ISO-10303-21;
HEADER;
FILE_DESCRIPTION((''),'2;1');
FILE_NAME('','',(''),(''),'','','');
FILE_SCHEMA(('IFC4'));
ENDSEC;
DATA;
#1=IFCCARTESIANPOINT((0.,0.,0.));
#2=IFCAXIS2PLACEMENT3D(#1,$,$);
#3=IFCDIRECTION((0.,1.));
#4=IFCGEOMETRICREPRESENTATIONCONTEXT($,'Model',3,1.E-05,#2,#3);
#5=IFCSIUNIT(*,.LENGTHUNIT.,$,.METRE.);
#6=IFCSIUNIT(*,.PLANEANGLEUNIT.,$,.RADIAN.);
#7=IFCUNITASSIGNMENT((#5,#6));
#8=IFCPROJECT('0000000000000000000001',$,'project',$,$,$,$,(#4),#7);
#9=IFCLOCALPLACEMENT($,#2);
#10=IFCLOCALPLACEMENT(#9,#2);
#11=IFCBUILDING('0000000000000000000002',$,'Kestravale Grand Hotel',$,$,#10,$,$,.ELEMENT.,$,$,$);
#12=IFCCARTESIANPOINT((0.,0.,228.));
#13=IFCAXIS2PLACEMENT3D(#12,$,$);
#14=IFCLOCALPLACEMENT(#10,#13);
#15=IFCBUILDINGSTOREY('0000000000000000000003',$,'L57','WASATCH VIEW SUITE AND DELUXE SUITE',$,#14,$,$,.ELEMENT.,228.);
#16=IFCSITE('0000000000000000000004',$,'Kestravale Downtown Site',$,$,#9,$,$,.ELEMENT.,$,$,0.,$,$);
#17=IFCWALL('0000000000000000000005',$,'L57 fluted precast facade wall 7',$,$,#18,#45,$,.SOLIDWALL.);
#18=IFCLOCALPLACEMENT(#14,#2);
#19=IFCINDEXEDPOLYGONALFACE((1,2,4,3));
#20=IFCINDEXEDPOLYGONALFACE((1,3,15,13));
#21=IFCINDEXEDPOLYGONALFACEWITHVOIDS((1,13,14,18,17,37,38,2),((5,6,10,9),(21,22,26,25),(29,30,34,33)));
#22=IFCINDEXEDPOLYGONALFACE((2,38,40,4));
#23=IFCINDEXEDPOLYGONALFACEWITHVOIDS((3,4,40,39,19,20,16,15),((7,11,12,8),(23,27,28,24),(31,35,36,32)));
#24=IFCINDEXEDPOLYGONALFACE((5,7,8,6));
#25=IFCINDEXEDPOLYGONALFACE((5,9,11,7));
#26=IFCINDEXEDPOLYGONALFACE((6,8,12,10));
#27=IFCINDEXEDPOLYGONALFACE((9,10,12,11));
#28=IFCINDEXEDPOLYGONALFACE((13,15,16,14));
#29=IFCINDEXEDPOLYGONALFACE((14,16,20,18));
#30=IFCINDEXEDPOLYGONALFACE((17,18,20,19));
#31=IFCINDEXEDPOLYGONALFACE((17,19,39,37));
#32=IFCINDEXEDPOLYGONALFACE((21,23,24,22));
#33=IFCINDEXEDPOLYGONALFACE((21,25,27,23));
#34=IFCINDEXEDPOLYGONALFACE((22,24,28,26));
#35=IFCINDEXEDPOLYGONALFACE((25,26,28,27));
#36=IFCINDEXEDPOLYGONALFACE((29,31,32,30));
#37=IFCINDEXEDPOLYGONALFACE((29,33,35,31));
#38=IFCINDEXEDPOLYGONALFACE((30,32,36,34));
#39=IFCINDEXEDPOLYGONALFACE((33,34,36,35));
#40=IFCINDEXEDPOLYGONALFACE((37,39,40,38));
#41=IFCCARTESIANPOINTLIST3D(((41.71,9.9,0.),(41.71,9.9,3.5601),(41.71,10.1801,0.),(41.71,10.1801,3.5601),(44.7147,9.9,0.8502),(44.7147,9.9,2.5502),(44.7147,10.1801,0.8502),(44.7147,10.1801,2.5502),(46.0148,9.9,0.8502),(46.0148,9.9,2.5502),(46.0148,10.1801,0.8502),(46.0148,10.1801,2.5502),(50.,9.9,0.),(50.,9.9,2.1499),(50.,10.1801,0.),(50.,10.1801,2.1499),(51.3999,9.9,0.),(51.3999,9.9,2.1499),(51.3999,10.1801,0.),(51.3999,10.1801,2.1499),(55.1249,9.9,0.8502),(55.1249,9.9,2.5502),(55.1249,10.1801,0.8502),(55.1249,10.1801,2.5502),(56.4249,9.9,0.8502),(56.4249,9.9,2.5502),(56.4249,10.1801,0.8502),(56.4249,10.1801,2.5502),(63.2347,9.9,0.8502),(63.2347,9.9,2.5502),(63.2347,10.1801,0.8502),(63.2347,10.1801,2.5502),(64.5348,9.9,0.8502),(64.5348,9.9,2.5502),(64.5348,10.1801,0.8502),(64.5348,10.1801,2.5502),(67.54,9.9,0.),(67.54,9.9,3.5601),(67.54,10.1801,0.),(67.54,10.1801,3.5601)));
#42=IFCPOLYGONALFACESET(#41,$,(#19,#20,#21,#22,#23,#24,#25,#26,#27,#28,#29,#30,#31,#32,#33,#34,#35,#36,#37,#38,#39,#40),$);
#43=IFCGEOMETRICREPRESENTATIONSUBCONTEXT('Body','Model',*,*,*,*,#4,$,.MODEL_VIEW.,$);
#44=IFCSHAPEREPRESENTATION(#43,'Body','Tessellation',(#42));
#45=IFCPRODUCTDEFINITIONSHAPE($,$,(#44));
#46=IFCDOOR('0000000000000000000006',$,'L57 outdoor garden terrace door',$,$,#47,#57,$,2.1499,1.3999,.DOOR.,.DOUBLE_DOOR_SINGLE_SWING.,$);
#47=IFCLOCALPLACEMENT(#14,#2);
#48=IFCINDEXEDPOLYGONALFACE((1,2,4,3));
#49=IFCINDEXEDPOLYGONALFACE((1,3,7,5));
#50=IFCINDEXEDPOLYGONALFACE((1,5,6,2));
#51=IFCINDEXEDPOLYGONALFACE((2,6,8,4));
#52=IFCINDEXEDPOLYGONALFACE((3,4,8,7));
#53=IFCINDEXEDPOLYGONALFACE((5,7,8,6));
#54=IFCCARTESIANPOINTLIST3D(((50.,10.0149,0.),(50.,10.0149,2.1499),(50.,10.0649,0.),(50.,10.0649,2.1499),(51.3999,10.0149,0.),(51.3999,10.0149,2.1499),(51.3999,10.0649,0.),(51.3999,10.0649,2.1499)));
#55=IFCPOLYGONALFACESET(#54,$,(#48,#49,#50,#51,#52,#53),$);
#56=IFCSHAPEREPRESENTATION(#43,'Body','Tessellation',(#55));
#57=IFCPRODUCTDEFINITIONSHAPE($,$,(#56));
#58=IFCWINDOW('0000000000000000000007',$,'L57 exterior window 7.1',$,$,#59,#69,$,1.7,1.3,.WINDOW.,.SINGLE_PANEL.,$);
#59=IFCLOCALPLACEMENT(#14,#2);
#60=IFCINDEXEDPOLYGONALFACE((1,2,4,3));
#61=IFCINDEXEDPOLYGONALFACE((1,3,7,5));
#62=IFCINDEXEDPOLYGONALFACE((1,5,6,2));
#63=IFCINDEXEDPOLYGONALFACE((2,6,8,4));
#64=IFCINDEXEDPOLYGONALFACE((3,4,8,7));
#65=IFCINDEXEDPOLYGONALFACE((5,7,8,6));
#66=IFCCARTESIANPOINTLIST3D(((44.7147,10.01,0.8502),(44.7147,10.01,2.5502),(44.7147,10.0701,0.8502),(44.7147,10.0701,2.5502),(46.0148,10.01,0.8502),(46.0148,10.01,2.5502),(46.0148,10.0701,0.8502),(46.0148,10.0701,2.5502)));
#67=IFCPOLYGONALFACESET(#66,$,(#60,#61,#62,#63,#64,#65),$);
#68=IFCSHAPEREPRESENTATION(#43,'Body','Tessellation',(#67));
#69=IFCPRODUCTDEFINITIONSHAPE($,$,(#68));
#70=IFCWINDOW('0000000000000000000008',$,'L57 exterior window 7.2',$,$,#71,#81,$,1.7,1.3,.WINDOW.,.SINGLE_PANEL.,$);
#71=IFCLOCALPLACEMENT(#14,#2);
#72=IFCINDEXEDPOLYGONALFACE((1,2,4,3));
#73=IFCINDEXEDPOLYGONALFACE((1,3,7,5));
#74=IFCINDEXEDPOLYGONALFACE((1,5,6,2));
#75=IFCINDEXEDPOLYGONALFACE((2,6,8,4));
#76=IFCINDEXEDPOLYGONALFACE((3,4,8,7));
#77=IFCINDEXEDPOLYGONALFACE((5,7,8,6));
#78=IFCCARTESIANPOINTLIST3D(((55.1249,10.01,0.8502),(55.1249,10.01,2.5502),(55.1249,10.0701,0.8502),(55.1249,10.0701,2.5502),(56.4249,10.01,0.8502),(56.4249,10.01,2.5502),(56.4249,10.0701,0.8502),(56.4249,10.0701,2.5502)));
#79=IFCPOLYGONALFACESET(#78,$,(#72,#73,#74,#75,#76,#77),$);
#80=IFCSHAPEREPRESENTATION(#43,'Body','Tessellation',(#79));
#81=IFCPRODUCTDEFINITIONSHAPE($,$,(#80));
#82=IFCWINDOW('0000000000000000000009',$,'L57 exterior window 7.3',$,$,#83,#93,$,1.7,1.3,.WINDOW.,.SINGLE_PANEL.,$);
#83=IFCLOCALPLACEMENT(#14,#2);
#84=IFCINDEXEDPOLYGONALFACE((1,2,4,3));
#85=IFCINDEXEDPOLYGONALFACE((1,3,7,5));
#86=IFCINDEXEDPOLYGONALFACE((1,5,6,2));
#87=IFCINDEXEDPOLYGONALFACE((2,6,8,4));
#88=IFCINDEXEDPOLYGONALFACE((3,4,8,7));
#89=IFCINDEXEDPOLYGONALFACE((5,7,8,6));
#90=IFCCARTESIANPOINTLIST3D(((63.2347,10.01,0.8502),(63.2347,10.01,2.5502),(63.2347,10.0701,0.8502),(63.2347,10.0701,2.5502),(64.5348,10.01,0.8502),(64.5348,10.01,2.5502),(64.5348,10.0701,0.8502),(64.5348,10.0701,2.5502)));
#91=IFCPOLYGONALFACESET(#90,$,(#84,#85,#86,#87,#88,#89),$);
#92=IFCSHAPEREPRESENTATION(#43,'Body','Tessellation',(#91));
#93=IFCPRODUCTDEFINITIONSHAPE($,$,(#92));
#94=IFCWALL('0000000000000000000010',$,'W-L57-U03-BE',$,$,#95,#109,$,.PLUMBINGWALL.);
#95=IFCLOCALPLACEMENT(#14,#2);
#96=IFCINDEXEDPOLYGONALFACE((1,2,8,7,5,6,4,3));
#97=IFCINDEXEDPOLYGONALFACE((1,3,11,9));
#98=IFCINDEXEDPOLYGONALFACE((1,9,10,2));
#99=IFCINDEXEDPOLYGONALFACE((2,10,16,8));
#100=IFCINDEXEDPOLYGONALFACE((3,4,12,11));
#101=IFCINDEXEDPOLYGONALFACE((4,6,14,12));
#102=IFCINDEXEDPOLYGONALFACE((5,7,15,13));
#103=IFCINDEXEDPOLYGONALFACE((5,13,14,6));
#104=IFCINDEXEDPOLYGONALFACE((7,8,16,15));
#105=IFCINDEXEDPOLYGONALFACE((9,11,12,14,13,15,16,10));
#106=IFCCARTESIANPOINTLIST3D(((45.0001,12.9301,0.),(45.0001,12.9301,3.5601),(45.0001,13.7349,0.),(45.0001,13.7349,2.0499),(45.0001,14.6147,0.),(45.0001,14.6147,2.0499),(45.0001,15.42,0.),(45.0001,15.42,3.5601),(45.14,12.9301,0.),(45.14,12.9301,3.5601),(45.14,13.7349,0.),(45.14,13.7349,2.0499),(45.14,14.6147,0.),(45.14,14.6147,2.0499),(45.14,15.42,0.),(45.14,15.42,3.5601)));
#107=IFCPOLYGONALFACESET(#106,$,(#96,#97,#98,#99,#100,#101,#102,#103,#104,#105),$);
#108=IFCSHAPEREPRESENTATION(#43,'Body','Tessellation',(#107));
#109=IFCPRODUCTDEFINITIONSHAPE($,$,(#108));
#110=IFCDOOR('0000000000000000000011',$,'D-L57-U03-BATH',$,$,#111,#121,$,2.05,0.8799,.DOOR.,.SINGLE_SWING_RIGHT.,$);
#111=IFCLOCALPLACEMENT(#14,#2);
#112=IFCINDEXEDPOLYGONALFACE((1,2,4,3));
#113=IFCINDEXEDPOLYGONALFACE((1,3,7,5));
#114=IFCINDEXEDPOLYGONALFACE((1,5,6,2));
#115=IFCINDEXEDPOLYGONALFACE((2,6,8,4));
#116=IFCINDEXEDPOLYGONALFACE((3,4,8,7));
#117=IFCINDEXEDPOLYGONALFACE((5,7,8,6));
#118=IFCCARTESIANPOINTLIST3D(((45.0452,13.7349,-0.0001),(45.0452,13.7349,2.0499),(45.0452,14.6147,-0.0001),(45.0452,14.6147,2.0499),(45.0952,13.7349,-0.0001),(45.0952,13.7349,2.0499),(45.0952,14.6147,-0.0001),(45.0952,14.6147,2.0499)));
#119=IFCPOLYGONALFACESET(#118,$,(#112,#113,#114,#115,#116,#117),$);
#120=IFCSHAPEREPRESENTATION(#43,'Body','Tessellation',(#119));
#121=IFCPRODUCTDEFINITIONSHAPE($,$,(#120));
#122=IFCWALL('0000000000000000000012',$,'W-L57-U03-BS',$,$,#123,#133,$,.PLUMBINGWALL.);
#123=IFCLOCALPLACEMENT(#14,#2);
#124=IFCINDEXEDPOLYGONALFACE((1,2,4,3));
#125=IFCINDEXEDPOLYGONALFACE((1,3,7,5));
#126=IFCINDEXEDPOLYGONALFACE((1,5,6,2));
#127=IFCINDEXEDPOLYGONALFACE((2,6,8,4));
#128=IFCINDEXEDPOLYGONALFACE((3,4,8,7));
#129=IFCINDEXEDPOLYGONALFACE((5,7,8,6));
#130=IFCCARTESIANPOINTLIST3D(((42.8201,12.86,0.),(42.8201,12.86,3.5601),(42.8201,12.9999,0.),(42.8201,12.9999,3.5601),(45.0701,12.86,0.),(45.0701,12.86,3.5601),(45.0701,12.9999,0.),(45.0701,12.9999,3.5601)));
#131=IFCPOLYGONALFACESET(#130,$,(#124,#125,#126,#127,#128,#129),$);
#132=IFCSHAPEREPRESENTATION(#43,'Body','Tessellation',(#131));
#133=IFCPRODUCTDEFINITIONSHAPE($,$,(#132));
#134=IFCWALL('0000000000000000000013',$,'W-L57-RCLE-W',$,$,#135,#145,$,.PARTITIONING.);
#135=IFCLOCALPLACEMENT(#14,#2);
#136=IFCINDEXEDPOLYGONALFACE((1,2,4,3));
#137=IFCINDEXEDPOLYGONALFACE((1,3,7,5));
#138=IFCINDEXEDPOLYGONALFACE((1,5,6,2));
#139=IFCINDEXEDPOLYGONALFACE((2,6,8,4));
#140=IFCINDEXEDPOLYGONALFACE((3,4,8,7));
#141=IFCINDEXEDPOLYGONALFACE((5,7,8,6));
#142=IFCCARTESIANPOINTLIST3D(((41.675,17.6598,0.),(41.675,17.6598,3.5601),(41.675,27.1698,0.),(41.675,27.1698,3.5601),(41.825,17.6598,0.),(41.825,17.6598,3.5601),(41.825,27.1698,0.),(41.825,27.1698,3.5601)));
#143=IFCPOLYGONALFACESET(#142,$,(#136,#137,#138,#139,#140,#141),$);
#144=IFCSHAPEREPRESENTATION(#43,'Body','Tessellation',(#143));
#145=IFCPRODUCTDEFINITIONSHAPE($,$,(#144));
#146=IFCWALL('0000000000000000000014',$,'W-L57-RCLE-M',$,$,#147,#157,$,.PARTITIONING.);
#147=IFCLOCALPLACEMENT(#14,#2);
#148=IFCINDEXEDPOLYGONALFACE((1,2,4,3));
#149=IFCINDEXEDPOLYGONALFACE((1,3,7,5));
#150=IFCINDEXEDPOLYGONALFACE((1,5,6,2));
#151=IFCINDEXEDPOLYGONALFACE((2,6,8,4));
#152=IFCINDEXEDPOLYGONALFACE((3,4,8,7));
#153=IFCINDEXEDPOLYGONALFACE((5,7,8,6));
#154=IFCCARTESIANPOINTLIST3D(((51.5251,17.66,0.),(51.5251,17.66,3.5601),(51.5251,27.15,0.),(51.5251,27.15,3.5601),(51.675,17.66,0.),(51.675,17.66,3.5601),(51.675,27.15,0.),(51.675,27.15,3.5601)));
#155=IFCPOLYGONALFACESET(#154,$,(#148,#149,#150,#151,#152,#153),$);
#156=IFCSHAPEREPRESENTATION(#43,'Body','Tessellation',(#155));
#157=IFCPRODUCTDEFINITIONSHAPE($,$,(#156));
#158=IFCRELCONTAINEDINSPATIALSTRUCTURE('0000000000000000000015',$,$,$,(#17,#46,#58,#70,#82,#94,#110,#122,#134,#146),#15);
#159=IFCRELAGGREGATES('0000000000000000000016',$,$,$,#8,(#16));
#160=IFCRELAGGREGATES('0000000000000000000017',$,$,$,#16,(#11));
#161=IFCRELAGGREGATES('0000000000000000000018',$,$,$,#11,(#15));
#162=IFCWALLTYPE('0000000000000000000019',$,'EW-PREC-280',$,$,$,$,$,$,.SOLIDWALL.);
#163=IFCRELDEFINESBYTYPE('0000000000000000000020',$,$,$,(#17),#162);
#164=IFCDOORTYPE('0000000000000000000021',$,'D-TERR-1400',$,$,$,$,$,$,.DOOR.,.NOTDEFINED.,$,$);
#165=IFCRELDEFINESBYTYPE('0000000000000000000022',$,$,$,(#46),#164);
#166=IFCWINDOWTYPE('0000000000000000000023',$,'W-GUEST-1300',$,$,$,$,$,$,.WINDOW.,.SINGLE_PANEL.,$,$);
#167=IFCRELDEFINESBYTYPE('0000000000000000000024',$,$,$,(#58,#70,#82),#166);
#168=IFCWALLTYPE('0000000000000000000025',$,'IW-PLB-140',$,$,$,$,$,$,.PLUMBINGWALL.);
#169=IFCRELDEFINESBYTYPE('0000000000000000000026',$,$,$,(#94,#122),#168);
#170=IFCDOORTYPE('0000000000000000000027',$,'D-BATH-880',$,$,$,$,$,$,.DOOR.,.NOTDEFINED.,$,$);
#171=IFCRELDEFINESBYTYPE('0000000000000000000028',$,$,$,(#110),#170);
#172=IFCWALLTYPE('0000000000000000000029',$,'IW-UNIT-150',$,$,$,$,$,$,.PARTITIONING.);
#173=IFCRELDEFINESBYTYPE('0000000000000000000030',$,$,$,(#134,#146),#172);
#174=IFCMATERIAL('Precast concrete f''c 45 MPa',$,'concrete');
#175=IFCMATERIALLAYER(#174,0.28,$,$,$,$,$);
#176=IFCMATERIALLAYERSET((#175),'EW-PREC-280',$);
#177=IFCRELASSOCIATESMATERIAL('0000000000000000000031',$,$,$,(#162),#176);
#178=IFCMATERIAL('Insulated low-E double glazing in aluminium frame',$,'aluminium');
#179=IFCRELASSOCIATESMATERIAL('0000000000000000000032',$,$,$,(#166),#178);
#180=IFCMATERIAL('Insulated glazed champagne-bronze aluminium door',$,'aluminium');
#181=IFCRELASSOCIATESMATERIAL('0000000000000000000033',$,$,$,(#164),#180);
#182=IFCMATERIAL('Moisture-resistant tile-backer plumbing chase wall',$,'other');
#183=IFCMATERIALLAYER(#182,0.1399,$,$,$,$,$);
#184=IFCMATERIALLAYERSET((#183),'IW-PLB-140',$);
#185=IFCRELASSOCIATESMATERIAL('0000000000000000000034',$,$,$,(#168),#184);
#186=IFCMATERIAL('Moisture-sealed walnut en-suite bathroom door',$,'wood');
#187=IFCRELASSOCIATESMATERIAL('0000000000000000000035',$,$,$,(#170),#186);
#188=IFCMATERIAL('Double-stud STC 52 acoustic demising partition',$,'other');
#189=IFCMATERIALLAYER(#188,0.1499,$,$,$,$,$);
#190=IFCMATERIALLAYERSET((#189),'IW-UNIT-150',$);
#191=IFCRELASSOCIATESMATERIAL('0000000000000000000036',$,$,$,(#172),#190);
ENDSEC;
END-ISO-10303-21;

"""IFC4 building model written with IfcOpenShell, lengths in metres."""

from ifc_helpers import new_model, si_unit, direction, frame, frame_2d, origin, place, context, subcontext, project, spatial, rectangle, extrude, material, layer, layer_set, type_object, element, fill, save


model = new_model("IFC4")

# Units and contexts
model_context = context("Model", 3, precision=1e-05, world=origin(), true_north=direction((0.0, 1.0)))
body_context = subcontext(model_context, "Body", "Model", "MODEL_VIEW")
ifc_project = project(units=[si_unit("LENGTHUNIT", "METRE"), si_unit("PLANEANGLEUNIT", "RADIAN")], contexts=[model_context])

# Site, building, storey
site_placement = place(None, origin())
site = spatial("IfcSite", under=ifc_project, at=site_placement, Name="Kestravale Downtown Site", CompositionType="ELEMENT", RefElevation=0.0)
building_placement = place(site_placement, origin())
building = spatial("IfcBuilding", under=site, at=building_placement, Name="Kestravale Grand Hotel", CompositionType="ELEMENT")
storey_placement = place(building_placement, frame((0.0, 0.0, 228.0)))
storey = spatial("IfcBuildingStorey", under=building, at=storey_placement, Name="L57", Description="WASATCH VIEW SUITE AND DELUXE SUITE", CompositionType="ELEMENT", Elevation=228.0)

# Shared definitions
ifc_material_1 = material(Name="Precast concrete f'c 45 MPa", Category="concrete")
ifc_layer_1 = layer(ifc_material_1, 0.28)
ifc_layer_set_1 = layer_set([ifc_layer_1], Name="EW-PREC-280")
wall_type_1 = type_object("IfcWallType", Name="EW-PREC-280", PredefinedType="SOLIDWALL", material=ifc_layer_set_1)
ifc_material_2 = material(Name="Insulated low-E double glazing in aluminium frame", Category="aluminium")
window_type = type_object("IfcWindowType", Name="W-GUEST-1300", PartitioningType="SINGLE_PANEL", PredefinedType="WINDOW", material=ifc_material_2)

# Wall, openings, door, windows
wall_1_placement = place(storey_placement, frame((41.71, 10.04, 0.0), z_axis=(0.0, 0.0, 1.0), x_axis=(1.0, 0.0, 0.0)))
wall_1 = element("IfcWall", 1, at=wall_1_placement, inside=storey, type_object=wall_type_1, Name="L57 fluted precast facade wall 7", PredefinedType="SOLIDWALL", context=body_context, shape_type="SweptSolid", body=[
    extrude(rectangle(XDim=25.8301, YDim=0.28, at=frame_2d((12.915, 0.0))), origin(), (0.0, 0.0, 1.0), 3.5601),
])
opening_1_placement = place(wall_1_placement, frame((8.29, 0.0, 0.0)))
opening_1 = element("IfcOpeningElement", 2, at=opening_1_placement, cuts=wall_1, PredefinedType="OPENING", context=body_context, shape_type="SweptSolid", body=[
    extrude(rectangle(XDim=1.3999, YDim=2.1499, at=frame_2d((0.7, 1.075))), frame((0.0, 0.1499, 0.0), z_axis=(0.0, -1.0, 0.0), x_axis=(1.0, 0.0, 0.0)), (0.0, 0.0, 1.0), 0.3),
])
opening_2_placement = place(wall_1_placement, frame((3.0049, 0.0, 0.8501)))
opening_2 = element("IfcOpeningElement", 3, at=opening_2_placement, cuts=wall_1, PredefinedType="OPENING", context=body_context, shape_type="SweptSolid", body=[
    extrude(rectangle(XDim=1.3, YDim=1.7, at=frame_2d((0.6499, 0.8501))), frame((0.0, 0.1499, 0.0), z_axis=(0.0, -1.0, 0.0), x_axis=(1.0, 0.0, 0.0)), (0.0, 0.0, 1.0), 0.3),
])
opening_3_placement = place(wall_1_placement, frame((13.415, 0.0, 0.8501)))
opening_3 = element("IfcOpeningElement", 4, at=opening_3_placement, cuts=wall_1, PredefinedType="OPENING", context=body_context, shape_type="SweptSolid", body=[
    extrude(rectangle(XDim=1.3, YDim=1.7, at=frame_2d((0.6499, 0.8501))), frame((0.0, 0.1499, 0.0), z_axis=(0.0, -1.0, 0.0), x_axis=(1.0, 0.0, 0.0)), (0.0, 0.0, 1.0), 0.3),
])
opening_4_placement = place(wall_1_placement, frame((21.5249, 0.0, 0.8501)))
opening_4 = element("IfcOpeningElement", 5, at=opening_4_placement, cuts=wall_1, PredefinedType="OPENING", context=body_context, shape_type="SweptSolid", body=[
    extrude(rectangle(XDim=1.3, YDim=1.7, at=frame_2d((0.6499, 0.8501))), frame((0.0, 0.1499, 0.0), z_axis=(0.0, -1.0, 0.0), x_axis=(1.0, 0.0, 0.0)), (0.0, 0.0, 1.0), 0.3),
])
ifc_material_3 = material(Name="Insulated glazed champagne-bronze aluminium door", Category="aluminium")
door_type_1 = type_object("IfcDoorType", Name="D-TERR-1400", OperationType="NOTDEFINED", PredefinedType="DOOR", material=ifc_material_3)
door_1_placement = place(opening_1_placement, origin())
door_1 = element("IfcDoor", 6, at=door_1_placement, inside=storey, type_object=door_type_1, Name="L57 outdoor garden terrace door", OperationType="DOUBLE_DOOR_SINGLE_SWING", OverallHeight=2.1499, OverallWidth=1.3999, PredefinedType="DOOR", context=body_context, shape_type="SweptSolid", body=[
    extrude(rectangle(XDim=1.3999, YDim=2.1499, at=frame_2d((0.7, 1.075))), frame((0.0, 0.0249, 0.0), z_axis=(0.0, -1.0, 0.0), x_axis=(1.0, 0.0, 0.0)), (0.0, 0.0, 1.0), 0.05),
])
fill(opening_1, door_1)
window_1_placement = place(opening_2_placement, origin())
window_1 = element("IfcWindow", 7, at=window_1_placement, inside=storey, type_object=window_type, Name="L57 exterior window 7.1", OverallHeight=1.7, OverallWidth=1.3, PartitioningType="SINGLE_PANEL", PredefinedType="WINDOW", context=body_context, shape_type="SweptSolid", body=[
    extrude(rectangle(XDim=1.3, YDim=1.7, at=frame_2d((0.6499, 0.8501))), frame((0.0, 0.03, 0.0), z_axis=(0.0, -1.0, 0.0), x_axis=(1.0, 0.0, 0.0)), (0.0, 0.0, 1.0), 0.0601),
])
fill(opening_2, window_1)
window_2_placement = place(opening_3_placement, origin())
window_2 = element("IfcWindow", 8, at=window_2_placement, inside=storey, type_object=window_type, Name="L57 exterior window 7.2", OverallHeight=1.7, OverallWidth=1.3, PartitioningType="SINGLE_PANEL", PredefinedType="WINDOW", context=body_context, shape_type="SweptSolid", body=[
    extrude(rectangle(XDim=1.3, YDim=1.7, at=frame_2d((0.6499, 0.8501))), frame((0.0, 0.03, 0.0), z_axis=(0.0, -1.0, 0.0), x_axis=(1.0, 0.0, 0.0)), (0.0, 0.0, 1.0), 0.0601),
])
fill(opening_3, window_2)
window_3_placement = place(opening_4_placement, origin())
window_3 = element("IfcWindow", 9, at=window_3_placement, inside=storey, type_object=window_type, Name="L57 exterior window 7.3", OverallHeight=1.7, OverallWidth=1.3, PartitioningType="SINGLE_PANEL", PredefinedType="WINDOW", context=body_context, shape_type="SweptSolid", body=[
    extrude(rectangle(XDim=1.3, YDim=1.7, at=frame_2d((0.6499, 0.8501))), frame((0.0, 0.03, 0.0), z_axis=(0.0, -1.0, 0.0), x_axis=(1.0, 0.0, 0.0)), (0.0, 0.0, 1.0), 0.0601),
])
fill(opening_4, window_3)

# Wall, opening, door
ifc_material_4 = material(Name="Moisture-resistant tile-backer plumbing chase wall", Category="other")
ifc_layer_2 = layer(ifc_material_4, 0.1399)
ifc_layer_set_2 = layer_set([ifc_layer_2], Name="IW-PLB-140")
wall_type_2 = type_object("IfcWallType", Name="IW-PLB-140", PredefinedType="PLUMBINGWALL", material=ifc_layer_set_2)
wall_2_placement = place(storey_placement, frame((45.0701, 12.9299, 0.0), z_axis=(0.0, 0.0, 1.0), x_axis=(0.0, 1.0, 0.0)))
wall_2 = element("IfcWall", 10, at=wall_2_placement, inside=storey, type_object=wall_type_2, Name="W-L57-U03-BE", PredefinedType="PLUMBINGWALL", context=body_context, shape_type="SweptSolid", body=[
    extrude(rectangle(XDim=2.49, YDim=0.1399, at=frame_2d((1.2451, 0.0))), origin(), (0.0, 0.0, 1.0), 3.5601),
])
opening_5_placement = place(wall_2_placement, frame((0.8049, 0.0, 0.0)))
opening_5 = element("IfcOpeningElement", 11, at=opening_5_placement, cuts=wall_2, PredefinedType="OPENING", context=body_context, shape_type="SweptSolid", body=[
    extrude(rectangle(XDim=0.8799, YDim=2.05, at=frame_2d((0.4399, 1.0249))), frame((0.0, 0.0798, 0.0), z_axis=(0.0, -1.0, 0.0), x_axis=(1.0, 0.0, 0.0)), (0.0, 0.0, 1.0), 0.1599),
])
ifc_material_5 = material(Name="Moisture-sealed walnut en-suite bathroom door", Category="wood")
door_type_2 = type_object("IfcDoorType", Name="D-BATH-880", OperationType="NOTDEFINED", PredefinedType="DOOR", material=ifc_material_5)
door_2_placement = place(opening_5_placement, origin())
door_2 = element("IfcDoor", 12, at=door_2_placement, inside=storey, type_object=door_type_2, Name="D-L57-U03-BATH", OperationType="SINGLE_SWING_RIGHT", OverallHeight=2.05, OverallWidth=0.8799, PredefinedType="DOOR", context=body_context, shape_type="SweptSolid", body=[
    extrude(rectangle(XDim=0.8799, YDim=2.05, at=frame_2d((0.4399, 1.0249))), frame((0.0, 0.0249, 0.0), z_axis=(0.0, -1.0, 0.0), x_axis=(1.0, 0.0, 0.0)), (0.0, 0.0, 1.0), 0.05),
])
fill(opening_5, door_2)

# Walls
wall_3_placement = place(storey_placement, frame((42.8201, 12.9299, 0.0), z_axis=(0.0, 0.0, 1.0), x_axis=(1.0, 0.0, 0.0)))
element("IfcWall", 13, at=wall_3_placement, inside=storey, type_object=wall_type_2, Name="W-L57-U03-BS", PredefinedType="PLUMBINGWALL", context=body_context, shape_type="SweptSolid", body=[
    extrude(rectangle(XDim=2.25, YDim=0.1399, at=frame_2d((1.125, 0.0))), origin(), (0.0, 0.0, 1.0), 3.5601),
])
ifc_material_6 = material(Name="Double-stud STC 52 acoustic demising partition", Category="other")
ifc_layer_3 = layer(ifc_material_6, 0.1499)
ifc_layer_set_3 = layer_set([ifc_layer_3], Name="IW-UNIT-150")
wall_type_3 = type_object("IfcWallType", Name="IW-UNIT-150", PredefinedType="PARTITIONING", material=ifc_layer_set_3)
wall_4_placement = place(storey_placement, frame((41.75, 17.6599, 0.0), z_axis=(0.0, 0.0, 1.0), x_axis=(0.0, 1.0, 0.0)))
element("IfcWall", 14, at=wall_4_placement, inside=storey, type_object=wall_type_3, Name="W-L57-RCLE-W", PredefinedType="PARTITIONING", context=body_context, shape_type="SweptSolid", body=[
    extrude(rectangle(XDim=9.51, YDim=0.1499, at=frame_2d((4.7549, 0.0))), origin(), (0.0, 0.0, 1.0), 3.5601),
])
wall_5_placement = place(storey_placement, frame((51.6001, 17.6599, 0.0), z_axis=(0.0, 0.0, 1.0), x_axis=(0.0, 1.0, 0.0)))
element("IfcWall", 15, at=wall_5_placement, inside=storey, type_object=wall_type_3, Name="W-L57-RCLE-M", PredefinedType="PARTITIONING", context=body_context, shape_type="SweptSolid", body=[
    extrude(rectangle(XDim=9.49, YDim=0.1499, at=frame_2d((4.7451, 0.0))), origin(), (0.0, 0.0, 1.0), 3.5601),
])

save(model, "model.ifc")
